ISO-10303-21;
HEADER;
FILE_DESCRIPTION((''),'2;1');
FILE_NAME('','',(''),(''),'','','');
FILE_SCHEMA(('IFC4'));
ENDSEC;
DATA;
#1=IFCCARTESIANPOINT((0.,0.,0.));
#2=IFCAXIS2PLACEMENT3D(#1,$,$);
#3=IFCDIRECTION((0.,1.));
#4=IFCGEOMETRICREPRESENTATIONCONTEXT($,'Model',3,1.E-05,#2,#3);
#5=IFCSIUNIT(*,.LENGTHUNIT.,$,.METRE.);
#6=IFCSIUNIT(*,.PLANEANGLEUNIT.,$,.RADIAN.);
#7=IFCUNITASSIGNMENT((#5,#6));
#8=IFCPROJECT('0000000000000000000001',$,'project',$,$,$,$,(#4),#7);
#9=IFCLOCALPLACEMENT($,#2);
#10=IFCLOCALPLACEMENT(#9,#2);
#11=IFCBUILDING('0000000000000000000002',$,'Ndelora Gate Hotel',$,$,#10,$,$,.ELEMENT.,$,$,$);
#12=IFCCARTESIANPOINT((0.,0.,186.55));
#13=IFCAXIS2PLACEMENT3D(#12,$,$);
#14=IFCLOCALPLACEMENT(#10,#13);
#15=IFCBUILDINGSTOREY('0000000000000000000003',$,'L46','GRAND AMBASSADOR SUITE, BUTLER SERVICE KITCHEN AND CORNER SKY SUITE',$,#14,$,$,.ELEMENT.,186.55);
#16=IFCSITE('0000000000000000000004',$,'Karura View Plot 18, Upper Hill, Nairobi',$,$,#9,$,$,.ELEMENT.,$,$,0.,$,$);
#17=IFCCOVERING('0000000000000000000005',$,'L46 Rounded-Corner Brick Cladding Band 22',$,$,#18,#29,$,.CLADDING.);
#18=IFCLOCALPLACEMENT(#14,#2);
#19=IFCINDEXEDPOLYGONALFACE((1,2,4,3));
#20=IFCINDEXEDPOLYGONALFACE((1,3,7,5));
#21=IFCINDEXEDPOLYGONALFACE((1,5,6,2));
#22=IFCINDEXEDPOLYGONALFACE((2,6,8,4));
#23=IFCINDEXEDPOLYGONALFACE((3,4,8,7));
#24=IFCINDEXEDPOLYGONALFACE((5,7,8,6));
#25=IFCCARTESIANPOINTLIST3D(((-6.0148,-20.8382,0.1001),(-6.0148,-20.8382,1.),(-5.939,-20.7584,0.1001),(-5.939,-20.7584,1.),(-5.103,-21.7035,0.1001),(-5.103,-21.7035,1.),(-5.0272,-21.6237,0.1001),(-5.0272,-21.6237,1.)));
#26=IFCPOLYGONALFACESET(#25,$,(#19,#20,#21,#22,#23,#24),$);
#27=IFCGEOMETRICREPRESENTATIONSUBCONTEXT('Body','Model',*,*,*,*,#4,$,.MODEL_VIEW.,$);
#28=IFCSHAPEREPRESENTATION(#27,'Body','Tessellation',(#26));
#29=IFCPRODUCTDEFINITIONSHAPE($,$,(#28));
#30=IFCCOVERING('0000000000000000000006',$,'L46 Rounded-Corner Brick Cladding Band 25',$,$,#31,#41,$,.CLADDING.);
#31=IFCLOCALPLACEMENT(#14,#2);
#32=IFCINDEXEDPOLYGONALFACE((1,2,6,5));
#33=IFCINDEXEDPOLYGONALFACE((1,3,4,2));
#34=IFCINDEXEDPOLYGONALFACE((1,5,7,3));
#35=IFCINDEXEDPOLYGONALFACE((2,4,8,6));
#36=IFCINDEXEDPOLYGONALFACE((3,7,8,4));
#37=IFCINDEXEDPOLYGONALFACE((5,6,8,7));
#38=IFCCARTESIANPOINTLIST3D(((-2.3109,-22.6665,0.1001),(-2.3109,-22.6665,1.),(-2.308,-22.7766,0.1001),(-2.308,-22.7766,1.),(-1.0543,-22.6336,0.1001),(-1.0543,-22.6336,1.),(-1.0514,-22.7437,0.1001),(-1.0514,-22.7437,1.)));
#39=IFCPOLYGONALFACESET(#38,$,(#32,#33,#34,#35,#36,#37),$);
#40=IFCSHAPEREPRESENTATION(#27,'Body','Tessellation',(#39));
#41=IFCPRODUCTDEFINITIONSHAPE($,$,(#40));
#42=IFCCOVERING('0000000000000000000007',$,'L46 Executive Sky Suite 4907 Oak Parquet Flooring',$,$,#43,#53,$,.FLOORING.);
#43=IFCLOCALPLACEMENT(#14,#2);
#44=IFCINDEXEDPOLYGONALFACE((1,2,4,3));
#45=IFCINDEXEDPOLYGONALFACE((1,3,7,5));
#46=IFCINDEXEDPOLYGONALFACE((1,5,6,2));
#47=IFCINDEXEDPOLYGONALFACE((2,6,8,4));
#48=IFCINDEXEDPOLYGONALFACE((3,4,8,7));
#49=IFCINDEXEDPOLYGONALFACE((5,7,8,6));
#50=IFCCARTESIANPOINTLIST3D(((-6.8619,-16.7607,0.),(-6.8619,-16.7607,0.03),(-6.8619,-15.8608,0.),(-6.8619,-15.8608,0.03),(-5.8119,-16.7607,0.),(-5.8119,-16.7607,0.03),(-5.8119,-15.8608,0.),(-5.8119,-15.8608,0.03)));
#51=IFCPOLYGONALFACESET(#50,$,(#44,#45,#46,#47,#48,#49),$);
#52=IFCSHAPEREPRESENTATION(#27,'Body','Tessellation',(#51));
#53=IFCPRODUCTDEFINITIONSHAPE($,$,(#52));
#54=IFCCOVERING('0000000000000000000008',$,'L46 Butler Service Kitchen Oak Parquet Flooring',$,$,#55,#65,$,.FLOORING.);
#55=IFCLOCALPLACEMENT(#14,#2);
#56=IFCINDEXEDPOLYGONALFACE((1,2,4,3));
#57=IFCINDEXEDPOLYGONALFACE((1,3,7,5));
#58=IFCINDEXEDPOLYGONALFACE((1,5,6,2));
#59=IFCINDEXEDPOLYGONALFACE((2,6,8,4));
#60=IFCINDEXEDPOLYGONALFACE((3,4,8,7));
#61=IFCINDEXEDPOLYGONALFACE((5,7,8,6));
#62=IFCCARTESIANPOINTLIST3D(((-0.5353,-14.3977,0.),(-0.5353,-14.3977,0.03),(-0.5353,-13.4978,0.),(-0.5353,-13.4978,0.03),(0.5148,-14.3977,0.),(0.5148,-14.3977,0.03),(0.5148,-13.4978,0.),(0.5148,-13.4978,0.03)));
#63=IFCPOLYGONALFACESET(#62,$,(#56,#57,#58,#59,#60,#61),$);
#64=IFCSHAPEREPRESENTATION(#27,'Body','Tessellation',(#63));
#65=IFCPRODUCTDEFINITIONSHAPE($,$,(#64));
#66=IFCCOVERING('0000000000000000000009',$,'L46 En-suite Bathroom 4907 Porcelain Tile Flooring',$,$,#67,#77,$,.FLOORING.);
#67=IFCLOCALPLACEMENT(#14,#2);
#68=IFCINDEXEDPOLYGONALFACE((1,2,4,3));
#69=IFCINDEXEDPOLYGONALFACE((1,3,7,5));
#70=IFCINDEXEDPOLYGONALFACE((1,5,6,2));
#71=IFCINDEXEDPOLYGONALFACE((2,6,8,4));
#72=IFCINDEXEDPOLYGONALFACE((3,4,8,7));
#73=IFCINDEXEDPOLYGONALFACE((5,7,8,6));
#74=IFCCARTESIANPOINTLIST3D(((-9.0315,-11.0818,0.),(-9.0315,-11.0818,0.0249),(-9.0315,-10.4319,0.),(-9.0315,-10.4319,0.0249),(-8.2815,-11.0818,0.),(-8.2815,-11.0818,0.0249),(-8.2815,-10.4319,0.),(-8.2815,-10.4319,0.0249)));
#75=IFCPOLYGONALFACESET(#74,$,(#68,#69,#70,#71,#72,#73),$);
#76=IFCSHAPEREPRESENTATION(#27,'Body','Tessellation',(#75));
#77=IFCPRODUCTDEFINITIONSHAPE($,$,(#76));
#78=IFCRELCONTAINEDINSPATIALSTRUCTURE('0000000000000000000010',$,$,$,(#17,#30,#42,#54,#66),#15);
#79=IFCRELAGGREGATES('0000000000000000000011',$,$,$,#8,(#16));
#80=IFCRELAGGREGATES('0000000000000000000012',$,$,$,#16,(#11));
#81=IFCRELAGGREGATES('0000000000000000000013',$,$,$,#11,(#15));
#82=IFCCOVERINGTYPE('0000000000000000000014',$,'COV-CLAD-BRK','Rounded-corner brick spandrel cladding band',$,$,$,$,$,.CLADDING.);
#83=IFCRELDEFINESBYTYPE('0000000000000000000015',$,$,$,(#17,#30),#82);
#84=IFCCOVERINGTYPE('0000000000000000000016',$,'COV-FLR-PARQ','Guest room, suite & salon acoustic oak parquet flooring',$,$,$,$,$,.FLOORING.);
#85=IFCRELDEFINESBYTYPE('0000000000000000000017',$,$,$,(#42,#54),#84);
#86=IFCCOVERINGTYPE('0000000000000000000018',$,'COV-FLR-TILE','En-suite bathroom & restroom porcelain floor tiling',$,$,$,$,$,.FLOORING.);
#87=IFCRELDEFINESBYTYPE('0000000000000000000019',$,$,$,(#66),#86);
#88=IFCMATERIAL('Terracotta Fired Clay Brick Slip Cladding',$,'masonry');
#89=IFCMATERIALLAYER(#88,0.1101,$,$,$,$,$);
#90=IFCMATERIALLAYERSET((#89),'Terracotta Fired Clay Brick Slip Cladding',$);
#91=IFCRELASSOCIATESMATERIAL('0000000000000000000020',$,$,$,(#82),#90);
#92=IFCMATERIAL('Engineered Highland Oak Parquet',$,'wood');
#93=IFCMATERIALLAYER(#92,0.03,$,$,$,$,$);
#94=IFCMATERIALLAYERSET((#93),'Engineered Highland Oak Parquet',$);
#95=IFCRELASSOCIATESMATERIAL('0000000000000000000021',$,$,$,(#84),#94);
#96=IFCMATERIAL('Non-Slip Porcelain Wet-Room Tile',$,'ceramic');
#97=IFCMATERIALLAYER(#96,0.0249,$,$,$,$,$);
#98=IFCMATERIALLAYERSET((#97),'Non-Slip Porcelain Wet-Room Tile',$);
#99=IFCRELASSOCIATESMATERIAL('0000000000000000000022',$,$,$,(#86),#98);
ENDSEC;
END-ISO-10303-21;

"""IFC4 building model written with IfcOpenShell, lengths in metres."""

from ifc_helpers import new_model, si_unit, direction, frame, origin, origin_2d, place, context, subcontext, project, spatial, rectangle, extrude, material, layer, layer_set, type_object, element, save


model = new_model("IFC4")

# Units and contexts
model_context = context("Model", 3, precision=1e-05, world=origin(), true_north=direction((0.0, 1.0)))
body_context = subcontext(model_context, "Body", "Model", "MODEL_VIEW")
ifc_project = project(units=[si_unit("LENGTHUNIT", "METRE"), si_unit("PLANEANGLEUNIT", "RADIAN")], contexts=[model_context])

# Site, building, storey
site_placement = place(None, origin())
site = spatial("IfcSite", under=ifc_project, at=site_placement, Name="Karura View Plot 18, Upper Hill, Nairobi", CompositionType="ELEMENT", RefElevation=0.0)
building_placement = place(site_placement, origin())
building = spatial("IfcBuilding", under=site, at=building_placement, Name="Ndelora Gate Hotel", CompositionType="ELEMENT")
storey_placement = place(building_placement, frame((0.0, 0.0, 186.55)))
storey = spatial("IfcBuildingStorey", under=building, at=storey_placement, Name="L46", Description="GRAND AMBASSADOR SUITE, BUTLER SERVICE KITCHEN AND CORNER SKY SUITE", CompositionType="ELEMENT", Elevation=186.55)

# Coverings
ifc_material_1 = material(Name="Terracotta Fired Clay Brick Slip Cladding", Category="masonry")
ifc_layer_1 = layer(ifc_material_1, 0.1101)
ifc_layer_set_1 = layer_set([ifc_layer_1], Name="Terracotta Fired Clay Brick Slip Cladding")
covering_type_1 = type_object("IfcCoveringType", Name="COV-CLAD-BRK", Description="Rounded-corner brick spandrel cladding band", PredefinedType="CLADDING", material=ifc_layer_set_1)
for number, where, z_axis, x_axis, name in (
    (1, (-5.521, -21.231, 0.1001), (0.0, 0.0, 1.0), (-0.725374, 0.688355, 0.0), "L46 Rounded-Corner Brick Cladding Band 22"),
    (2, (-1.6812, -22.7051, 0.1001), (0.0, 0.0, 1.0), (0.999657, 0.026177, 0.0), "L46 Rounded-Corner Brick Cladding Band 25"),
):
    element("IfcCovering", number, at=place(storey_placement, frame(where, z_axis=z_axis, x_axis=x_axis)), inside=storey, type_object=covering_type_1, Name=name, PredefinedType="CLADDING", context=body_context, shape_type="SweptSolid", body=[
        extrude(rectangle(XDim=1.2571, YDim=0.1101, at=origin_2d()), origin(), (0.0, 0.0, 1.0), 0.8999),
    ])
ifc_material_2 = material(Name="Engineered Highland Oak Parquet", Category="wood")
ifc_layer_2 = layer(ifc_material_2, 0.03)
ifc_layer_set_2 = layer_set([ifc_layer_2], Name="Engineered Highland Oak Parquet")
covering_type_2 = type_object("IfcCoveringType", Name="COV-FLR-PARQ", Description="Guest room, suite & salon acoustic oak parquet flooring", PredefinedType="FLOORING", material=ifc_layer_set_2)
for number, where, z_axis, x_axis, name in (
    (3, (-6.3369, -16.3108, 0.0), (0.0, 0.0, 1.0), (1.0, 0.0, 0.0), "L46 Executive Sky Suite 4907 Oak Parquet Flooring"),
    (4, (-0.0103, -13.9478, 0.0), (0.0, 0.0, 1.0), (1.0, 0.0, 0.0), "L46 Butler Service Kitchen Oak Parquet Flooring"),
):
    element("IfcCovering", number, at=place(storey_placement, frame(where, z_axis=z_axis, x_axis=x_axis)), inside=storey, type_object=covering_type_2, Name=name, PredefinedType="FLOORING", context=body_context, shape_type="SweptSolid", body=[
        extrude(rectangle(XDim=1.05, YDim=0.8999, at=origin_2d()), origin(), (0.0, 0.0, 1.0), 0.03),
    ])
ifc_material_3 = material(Name="Non-Slip Porcelain Wet-Room Tile", Category="ceramic")
ifc_layer_3 = layer(ifc_material_3, 0.0249)
ifc_layer_set_3 = layer_set([ifc_layer_3], Name="Non-Slip Porcelain Wet-Room Tile")
covering_type_3 = type_object("IfcCoveringType", Name="COV-FLR-TILE", Description="En-suite bathroom & restroom porcelain floor tiling", PredefinedType="FLOORING", material=ifc_layer_set_3)
covering_1_placement = place(storey_placement, frame((-8.6565, -10.7568, 0.0), z_axis=(0.0, 0.0, 1.0), x_axis=(1.0, 0.0, 0.0)))
element("IfcCovering", 5, at=covering_1_placement, inside=storey, type_object=covering_type_3, Name="L46 En-suite Bathroom 4907 Porcelain Tile Flooring", PredefinedType="FLOORING", context=body_context, shape_type="SweptSolid", body=[
    extrude(rectangle(XDim=0.75, YDim=0.6499, at=origin_2d()), origin(), (0.0, 0.0, 1.0), 0.0249),
])

save(model, "model.ifc")
